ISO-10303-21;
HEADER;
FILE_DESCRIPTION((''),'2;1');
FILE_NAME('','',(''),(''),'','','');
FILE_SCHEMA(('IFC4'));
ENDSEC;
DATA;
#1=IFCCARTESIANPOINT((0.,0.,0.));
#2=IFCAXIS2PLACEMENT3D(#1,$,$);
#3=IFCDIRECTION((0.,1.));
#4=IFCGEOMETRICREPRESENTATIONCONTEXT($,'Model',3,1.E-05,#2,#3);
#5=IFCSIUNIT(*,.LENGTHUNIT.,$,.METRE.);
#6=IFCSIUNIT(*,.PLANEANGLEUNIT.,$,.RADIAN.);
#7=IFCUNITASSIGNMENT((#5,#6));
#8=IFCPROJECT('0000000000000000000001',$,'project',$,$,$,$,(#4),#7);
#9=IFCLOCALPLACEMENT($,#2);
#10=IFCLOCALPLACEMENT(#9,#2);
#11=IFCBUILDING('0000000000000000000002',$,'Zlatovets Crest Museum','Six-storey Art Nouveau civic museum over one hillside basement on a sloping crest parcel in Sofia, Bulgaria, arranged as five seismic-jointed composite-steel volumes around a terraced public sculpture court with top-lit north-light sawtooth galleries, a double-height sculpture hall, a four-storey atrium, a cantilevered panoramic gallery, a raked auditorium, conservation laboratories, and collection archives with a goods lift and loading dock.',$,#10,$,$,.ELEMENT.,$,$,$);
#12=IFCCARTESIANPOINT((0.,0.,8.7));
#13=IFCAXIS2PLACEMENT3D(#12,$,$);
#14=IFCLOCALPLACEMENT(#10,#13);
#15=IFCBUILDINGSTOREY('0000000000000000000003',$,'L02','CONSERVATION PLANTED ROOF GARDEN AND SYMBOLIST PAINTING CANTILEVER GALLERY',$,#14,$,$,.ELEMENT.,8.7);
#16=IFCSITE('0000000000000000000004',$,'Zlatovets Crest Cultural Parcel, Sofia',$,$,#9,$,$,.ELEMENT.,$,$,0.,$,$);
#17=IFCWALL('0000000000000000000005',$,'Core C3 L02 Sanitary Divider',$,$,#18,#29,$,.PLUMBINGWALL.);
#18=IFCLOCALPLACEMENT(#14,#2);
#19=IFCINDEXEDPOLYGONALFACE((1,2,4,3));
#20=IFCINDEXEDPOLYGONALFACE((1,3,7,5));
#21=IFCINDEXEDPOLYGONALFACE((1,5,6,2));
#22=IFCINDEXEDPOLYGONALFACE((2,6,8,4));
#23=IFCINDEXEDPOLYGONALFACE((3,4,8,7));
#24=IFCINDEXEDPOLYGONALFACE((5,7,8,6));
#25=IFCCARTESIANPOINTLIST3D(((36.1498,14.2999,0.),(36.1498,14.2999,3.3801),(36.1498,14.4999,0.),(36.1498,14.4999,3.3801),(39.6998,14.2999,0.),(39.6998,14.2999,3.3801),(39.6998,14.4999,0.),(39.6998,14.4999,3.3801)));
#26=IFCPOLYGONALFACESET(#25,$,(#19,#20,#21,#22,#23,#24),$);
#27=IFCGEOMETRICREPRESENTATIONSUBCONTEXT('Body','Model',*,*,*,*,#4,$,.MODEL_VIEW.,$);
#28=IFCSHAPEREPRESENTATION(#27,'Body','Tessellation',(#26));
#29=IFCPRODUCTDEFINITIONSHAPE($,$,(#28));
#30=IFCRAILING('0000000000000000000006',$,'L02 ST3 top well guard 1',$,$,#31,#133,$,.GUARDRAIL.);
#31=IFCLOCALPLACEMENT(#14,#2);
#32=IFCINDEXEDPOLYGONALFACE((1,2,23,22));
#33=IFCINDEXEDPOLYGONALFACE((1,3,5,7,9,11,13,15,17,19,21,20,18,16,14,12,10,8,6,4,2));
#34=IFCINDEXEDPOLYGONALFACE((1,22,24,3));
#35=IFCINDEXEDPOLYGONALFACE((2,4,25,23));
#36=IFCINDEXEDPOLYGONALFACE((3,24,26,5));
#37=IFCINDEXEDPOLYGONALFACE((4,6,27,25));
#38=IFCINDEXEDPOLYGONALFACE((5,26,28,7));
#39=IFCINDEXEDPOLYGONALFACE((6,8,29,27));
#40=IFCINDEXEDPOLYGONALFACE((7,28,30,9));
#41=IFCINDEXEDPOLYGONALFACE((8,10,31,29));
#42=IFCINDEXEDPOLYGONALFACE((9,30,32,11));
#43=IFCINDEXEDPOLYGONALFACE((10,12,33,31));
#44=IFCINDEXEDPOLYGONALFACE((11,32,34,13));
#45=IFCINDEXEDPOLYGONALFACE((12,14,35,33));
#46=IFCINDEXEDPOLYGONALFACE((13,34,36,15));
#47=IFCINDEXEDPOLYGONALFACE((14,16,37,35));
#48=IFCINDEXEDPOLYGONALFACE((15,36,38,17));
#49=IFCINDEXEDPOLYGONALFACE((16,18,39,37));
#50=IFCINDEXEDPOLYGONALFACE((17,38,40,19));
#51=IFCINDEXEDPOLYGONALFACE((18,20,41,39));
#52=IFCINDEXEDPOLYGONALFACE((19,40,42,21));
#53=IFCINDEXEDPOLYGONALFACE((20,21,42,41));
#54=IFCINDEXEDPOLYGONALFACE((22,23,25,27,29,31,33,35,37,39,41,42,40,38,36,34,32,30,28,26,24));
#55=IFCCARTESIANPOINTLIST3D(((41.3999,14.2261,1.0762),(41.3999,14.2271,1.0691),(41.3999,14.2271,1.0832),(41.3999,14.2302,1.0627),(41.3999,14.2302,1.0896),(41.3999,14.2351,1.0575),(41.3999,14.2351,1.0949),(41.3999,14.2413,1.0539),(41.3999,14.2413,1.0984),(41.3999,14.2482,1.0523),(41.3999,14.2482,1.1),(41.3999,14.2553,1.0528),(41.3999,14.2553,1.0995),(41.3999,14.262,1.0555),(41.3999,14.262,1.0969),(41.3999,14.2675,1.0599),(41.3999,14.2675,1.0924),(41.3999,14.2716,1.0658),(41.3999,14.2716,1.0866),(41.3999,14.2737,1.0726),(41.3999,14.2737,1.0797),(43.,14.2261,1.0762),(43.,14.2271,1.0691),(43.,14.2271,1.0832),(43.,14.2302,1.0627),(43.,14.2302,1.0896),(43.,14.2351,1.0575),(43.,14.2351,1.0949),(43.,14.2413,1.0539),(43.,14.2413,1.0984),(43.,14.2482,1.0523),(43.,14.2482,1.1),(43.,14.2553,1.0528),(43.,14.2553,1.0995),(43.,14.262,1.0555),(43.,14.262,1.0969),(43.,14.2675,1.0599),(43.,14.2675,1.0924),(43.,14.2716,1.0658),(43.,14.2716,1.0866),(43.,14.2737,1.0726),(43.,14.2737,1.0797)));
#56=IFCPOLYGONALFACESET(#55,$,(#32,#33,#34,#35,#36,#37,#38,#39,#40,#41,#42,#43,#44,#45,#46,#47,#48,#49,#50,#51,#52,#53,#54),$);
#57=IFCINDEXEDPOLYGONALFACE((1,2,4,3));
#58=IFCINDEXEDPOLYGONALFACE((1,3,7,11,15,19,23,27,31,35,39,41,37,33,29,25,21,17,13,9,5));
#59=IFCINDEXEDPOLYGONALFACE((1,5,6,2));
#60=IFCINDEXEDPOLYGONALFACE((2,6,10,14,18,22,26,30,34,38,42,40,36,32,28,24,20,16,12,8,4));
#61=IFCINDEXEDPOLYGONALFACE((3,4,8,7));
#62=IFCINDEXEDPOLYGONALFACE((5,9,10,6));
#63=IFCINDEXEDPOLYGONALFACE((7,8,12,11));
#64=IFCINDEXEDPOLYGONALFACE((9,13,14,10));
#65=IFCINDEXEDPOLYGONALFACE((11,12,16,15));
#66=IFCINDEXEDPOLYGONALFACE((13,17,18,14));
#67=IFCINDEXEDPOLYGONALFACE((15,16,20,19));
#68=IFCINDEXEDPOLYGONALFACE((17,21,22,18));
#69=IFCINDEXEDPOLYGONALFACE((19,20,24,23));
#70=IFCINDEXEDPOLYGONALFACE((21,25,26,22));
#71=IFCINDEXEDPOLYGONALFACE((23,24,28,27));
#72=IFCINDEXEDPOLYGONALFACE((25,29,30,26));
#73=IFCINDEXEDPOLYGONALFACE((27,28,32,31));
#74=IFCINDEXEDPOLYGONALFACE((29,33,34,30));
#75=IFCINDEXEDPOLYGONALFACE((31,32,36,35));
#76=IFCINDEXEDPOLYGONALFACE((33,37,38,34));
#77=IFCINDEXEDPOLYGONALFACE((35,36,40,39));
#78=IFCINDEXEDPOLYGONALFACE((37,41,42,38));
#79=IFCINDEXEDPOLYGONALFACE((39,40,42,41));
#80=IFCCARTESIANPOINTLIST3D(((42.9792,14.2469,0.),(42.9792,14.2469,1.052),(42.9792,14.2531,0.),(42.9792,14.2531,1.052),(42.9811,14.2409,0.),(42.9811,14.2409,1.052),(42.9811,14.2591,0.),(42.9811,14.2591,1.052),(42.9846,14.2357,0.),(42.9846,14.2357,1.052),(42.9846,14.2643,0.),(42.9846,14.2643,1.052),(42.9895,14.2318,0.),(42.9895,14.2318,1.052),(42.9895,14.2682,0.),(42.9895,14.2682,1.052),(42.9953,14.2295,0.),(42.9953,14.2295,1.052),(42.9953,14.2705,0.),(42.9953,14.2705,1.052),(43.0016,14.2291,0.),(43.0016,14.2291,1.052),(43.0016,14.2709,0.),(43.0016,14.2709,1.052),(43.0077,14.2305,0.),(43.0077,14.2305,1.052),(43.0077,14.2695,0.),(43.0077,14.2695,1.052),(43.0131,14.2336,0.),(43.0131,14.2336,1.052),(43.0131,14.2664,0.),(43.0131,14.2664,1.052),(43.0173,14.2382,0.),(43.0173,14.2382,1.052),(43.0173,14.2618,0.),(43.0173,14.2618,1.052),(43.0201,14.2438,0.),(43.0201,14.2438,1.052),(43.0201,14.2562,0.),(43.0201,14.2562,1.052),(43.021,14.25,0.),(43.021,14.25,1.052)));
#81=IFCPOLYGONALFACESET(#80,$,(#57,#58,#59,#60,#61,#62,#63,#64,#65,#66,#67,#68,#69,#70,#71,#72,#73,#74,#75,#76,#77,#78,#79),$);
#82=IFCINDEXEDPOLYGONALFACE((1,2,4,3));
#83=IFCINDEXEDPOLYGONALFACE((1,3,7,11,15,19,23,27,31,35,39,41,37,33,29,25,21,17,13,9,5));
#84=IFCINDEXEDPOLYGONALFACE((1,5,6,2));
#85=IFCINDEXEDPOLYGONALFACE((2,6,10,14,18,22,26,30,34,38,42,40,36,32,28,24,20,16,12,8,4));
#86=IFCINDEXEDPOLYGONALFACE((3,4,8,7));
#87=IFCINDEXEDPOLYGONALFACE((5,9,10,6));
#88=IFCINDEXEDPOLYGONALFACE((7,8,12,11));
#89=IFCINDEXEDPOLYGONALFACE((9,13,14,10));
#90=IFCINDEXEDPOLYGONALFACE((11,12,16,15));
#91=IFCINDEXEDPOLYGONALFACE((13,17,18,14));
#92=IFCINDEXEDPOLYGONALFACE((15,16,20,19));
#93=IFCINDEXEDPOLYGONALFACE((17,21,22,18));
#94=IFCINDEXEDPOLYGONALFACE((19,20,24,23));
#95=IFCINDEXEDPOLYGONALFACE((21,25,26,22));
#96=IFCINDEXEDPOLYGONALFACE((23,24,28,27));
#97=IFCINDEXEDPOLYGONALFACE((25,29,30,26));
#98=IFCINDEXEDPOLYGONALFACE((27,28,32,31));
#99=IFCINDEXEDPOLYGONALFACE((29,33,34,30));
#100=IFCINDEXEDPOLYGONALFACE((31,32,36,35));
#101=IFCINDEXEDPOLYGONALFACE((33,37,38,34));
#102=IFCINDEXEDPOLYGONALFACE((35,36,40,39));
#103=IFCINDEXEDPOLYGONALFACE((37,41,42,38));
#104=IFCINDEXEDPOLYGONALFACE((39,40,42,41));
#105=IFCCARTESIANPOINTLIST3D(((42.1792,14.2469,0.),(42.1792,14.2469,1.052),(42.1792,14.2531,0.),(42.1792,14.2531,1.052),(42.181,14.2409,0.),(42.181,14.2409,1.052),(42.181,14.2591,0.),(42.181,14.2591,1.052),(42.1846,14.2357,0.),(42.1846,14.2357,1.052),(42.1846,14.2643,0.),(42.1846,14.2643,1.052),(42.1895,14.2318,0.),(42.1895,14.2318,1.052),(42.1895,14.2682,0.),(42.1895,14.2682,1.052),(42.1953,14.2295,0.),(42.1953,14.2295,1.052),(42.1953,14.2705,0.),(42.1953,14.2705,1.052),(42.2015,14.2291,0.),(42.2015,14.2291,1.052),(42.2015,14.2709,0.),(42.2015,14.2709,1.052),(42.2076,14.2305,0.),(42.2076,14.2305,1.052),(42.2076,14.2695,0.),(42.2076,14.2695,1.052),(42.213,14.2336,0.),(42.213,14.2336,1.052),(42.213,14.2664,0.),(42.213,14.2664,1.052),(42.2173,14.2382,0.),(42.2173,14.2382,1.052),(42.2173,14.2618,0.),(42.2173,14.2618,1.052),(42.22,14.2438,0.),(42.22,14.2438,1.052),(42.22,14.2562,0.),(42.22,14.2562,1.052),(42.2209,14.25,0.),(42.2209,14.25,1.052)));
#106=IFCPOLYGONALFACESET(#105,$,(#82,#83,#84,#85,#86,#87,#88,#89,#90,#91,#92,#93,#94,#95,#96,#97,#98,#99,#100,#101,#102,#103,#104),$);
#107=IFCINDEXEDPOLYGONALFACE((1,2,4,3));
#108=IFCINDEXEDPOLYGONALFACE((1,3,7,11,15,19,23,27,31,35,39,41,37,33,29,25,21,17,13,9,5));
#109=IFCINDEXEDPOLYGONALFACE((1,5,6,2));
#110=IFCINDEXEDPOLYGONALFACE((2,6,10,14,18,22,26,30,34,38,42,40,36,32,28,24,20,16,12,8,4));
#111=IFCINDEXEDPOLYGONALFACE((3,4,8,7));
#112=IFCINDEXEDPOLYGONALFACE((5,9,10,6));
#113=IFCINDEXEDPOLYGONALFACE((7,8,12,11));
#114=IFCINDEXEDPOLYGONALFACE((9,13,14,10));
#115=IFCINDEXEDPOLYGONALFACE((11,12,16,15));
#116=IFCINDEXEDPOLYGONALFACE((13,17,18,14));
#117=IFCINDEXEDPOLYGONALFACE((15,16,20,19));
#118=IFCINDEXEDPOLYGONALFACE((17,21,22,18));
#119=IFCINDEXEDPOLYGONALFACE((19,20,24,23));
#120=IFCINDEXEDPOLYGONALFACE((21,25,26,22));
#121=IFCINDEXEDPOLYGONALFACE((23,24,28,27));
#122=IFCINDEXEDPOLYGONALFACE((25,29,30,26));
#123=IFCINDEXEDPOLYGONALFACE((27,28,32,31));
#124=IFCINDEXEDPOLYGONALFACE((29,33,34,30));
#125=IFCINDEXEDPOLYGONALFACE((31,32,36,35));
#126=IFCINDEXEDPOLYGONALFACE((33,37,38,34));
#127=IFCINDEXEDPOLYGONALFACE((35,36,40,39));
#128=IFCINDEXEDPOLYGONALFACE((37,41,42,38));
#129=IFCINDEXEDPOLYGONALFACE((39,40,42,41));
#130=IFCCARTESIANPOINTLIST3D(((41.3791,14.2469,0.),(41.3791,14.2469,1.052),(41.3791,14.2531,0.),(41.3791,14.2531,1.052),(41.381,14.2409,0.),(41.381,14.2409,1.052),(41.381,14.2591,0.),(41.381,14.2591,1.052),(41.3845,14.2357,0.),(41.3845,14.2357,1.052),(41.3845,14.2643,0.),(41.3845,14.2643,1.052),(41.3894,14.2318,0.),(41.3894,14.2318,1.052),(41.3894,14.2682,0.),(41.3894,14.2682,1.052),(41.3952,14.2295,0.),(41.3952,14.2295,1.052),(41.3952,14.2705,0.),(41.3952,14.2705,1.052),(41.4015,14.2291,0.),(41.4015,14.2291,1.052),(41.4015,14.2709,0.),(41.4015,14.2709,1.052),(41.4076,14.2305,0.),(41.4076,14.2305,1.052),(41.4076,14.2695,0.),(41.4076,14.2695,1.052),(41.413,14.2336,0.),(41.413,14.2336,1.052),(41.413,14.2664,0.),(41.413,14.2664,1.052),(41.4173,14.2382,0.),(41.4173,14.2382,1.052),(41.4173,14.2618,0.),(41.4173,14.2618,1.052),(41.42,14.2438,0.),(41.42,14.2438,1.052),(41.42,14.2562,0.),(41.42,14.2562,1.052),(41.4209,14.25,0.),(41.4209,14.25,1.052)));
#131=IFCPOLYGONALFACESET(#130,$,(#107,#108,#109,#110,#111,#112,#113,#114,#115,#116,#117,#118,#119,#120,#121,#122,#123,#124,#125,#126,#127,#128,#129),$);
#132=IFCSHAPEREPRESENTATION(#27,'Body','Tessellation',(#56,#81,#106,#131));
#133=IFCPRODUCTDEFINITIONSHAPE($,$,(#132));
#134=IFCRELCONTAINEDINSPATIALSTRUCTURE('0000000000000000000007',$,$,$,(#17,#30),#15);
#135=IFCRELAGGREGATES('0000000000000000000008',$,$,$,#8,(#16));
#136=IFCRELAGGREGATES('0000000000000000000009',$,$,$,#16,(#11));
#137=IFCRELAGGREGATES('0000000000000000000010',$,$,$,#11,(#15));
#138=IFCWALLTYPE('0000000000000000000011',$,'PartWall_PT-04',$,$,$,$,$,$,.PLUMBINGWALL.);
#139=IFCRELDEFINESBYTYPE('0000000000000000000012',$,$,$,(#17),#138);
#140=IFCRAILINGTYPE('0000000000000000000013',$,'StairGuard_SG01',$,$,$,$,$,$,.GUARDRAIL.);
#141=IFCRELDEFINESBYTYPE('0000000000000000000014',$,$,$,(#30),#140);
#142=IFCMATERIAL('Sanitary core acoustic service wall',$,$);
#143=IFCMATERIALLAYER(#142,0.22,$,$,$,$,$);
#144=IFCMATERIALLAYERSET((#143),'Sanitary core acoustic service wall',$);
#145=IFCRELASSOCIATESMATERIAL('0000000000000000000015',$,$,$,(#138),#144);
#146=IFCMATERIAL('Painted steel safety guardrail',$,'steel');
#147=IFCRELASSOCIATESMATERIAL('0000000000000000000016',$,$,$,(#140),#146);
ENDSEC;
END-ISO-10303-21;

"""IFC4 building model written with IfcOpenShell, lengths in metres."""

from ifc_helpers import new_model, si_unit, direction, frame, frame_2d, origin, origin_2d, place, context, subcontext, project, spatial, rectangle, circle, extrude, material, layer, layer_set, type_object, element, save


model = new_model("IFC4")

# Units and contexts
model_context = context("Model", 3, precision=1e-05, world=origin(), true_north=direction((0.0, 1.0)))
body_context = subcontext(model_context, "Body", "Model", "MODEL_VIEW")
ifc_project = project(units=[si_unit("LENGTHUNIT", "METRE"), si_unit("PLANEANGLEUNIT", "RADIAN")], contexts=[model_context])

# Site, building, storey
site_placement = place(None, origin())
site = spatial("IfcSite", under=ifc_project, at=site_placement, Name="Zlatovets Crest Cultural Parcel, Sofia", CompositionType="ELEMENT", RefElevation=0.0)
building_placement = place(site_placement, origin())
building = spatial("IfcBuilding", under=site, at=building_placement, Name="Zlatovets Crest Museum", Description="Six-storey Art Nouveau civic museum over one hillside basement on a sloping crest parcel in Sofia, Bulgaria, arranged as five seismic-jointed composite-steel volumes around a terraced public sculpture court with top-lit north-light sawtooth galleries, a double-height sculpture hall, a four-storey atrium, a cantilevered panoramic gallery, a raked auditorium, conservation laboratories, and collection archives with a goods lift and loading dock.", CompositionType="ELEMENT")
storey_placement = place(building_placement, frame((0.0, 0.0, 8.7)))
storey = spatial("IfcBuildingStorey", under=building, at=storey_placement, Name="L02", Description="CONSERVATION PLANTED ROOF GARDEN AND SYMBOLIST PAINTING CANTILEVER GALLERY", CompositionType="ELEMENT", Elevation=8.7)

# Shared definitions
ifc_material_1 = material(Name="Sanitary core acoustic service wall")
ifc_layer_1 = layer(ifc_material_1, 0.22)
ifc_layer_set_1 = layer_set([ifc_layer_1], Name="Sanitary core acoustic service wall")
wall_type_1 = type_object("IfcWallType", Name="PartWall_PT-04", PredefinedType="PLUMBINGWALL", material=ifc_layer_set_1)

# Wall
wall_1_placement = place(storey_placement, frame((36.1499, 14.3999, 0.0), z_axis=(0.0, 0.0, 1.0), x_axis=(1.0, 0.0, 0.0)))
element("IfcWall", 1, at=wall_1_placement, inside=storey, type_object=wall_type_1, Name="Core C3 L02 Sanitary Divider", PredefinedType="PLUMBINGWALL", context=body_context, shape_type="SweptSolid", body=[
    extrude(rectangle(XDim=3.55, YDim=0.2, at=frame_2d((1.7749, 0.0))), origin(), (0.0, 0.0, 1.0), 3.3801),
])

# Railing
ifc_material_2 = material(Name="Painted steel safety guardrail", Category="steel")
railing_type = type_object("IfcRailingType", Name="StairGuard_SG01", PredefinedType="GUARDRAIL", material=ifc_material_2)
railing_placement = place(storey_placement, frame((43.0, 14.25, 0.0)))
element("IfcRailing", 2, at=railing_placement, inside=storey, type_object=railing_type, Name="L02 ST3 top well guard 1", PredefinedType="GUARDRAIL", context=body_context, shape_type="SweptSolid", body=[
    extrude(circle(Radius=0.0239, at=origin_2d()), frame((0.0, 0.0, 1.0762), z_axis=(-1.0, 0.0, 0.0), x_axis=(0.0, -1.0, 0.0)), (0.0, 0.0, 1.0), 1.6001),
    extrude(circle(Radius=0.021, at=origin_2d()), origin(), (0.0, 0.0, 1.0), 1.052),
    extrude(circle(Radius=0.021, at=origin_2d()), frame((-0.8, 0.0, 0.0)), (0.0, 0.0, 1.0), 1.052),
    extrude(circle(Radius=0.021, at=origin_2d()), frame((-1.6001, 0.0, 0.0)), (0.0, 0.0, 1.0), 1.052),
])

save(model, "model.ifc")
